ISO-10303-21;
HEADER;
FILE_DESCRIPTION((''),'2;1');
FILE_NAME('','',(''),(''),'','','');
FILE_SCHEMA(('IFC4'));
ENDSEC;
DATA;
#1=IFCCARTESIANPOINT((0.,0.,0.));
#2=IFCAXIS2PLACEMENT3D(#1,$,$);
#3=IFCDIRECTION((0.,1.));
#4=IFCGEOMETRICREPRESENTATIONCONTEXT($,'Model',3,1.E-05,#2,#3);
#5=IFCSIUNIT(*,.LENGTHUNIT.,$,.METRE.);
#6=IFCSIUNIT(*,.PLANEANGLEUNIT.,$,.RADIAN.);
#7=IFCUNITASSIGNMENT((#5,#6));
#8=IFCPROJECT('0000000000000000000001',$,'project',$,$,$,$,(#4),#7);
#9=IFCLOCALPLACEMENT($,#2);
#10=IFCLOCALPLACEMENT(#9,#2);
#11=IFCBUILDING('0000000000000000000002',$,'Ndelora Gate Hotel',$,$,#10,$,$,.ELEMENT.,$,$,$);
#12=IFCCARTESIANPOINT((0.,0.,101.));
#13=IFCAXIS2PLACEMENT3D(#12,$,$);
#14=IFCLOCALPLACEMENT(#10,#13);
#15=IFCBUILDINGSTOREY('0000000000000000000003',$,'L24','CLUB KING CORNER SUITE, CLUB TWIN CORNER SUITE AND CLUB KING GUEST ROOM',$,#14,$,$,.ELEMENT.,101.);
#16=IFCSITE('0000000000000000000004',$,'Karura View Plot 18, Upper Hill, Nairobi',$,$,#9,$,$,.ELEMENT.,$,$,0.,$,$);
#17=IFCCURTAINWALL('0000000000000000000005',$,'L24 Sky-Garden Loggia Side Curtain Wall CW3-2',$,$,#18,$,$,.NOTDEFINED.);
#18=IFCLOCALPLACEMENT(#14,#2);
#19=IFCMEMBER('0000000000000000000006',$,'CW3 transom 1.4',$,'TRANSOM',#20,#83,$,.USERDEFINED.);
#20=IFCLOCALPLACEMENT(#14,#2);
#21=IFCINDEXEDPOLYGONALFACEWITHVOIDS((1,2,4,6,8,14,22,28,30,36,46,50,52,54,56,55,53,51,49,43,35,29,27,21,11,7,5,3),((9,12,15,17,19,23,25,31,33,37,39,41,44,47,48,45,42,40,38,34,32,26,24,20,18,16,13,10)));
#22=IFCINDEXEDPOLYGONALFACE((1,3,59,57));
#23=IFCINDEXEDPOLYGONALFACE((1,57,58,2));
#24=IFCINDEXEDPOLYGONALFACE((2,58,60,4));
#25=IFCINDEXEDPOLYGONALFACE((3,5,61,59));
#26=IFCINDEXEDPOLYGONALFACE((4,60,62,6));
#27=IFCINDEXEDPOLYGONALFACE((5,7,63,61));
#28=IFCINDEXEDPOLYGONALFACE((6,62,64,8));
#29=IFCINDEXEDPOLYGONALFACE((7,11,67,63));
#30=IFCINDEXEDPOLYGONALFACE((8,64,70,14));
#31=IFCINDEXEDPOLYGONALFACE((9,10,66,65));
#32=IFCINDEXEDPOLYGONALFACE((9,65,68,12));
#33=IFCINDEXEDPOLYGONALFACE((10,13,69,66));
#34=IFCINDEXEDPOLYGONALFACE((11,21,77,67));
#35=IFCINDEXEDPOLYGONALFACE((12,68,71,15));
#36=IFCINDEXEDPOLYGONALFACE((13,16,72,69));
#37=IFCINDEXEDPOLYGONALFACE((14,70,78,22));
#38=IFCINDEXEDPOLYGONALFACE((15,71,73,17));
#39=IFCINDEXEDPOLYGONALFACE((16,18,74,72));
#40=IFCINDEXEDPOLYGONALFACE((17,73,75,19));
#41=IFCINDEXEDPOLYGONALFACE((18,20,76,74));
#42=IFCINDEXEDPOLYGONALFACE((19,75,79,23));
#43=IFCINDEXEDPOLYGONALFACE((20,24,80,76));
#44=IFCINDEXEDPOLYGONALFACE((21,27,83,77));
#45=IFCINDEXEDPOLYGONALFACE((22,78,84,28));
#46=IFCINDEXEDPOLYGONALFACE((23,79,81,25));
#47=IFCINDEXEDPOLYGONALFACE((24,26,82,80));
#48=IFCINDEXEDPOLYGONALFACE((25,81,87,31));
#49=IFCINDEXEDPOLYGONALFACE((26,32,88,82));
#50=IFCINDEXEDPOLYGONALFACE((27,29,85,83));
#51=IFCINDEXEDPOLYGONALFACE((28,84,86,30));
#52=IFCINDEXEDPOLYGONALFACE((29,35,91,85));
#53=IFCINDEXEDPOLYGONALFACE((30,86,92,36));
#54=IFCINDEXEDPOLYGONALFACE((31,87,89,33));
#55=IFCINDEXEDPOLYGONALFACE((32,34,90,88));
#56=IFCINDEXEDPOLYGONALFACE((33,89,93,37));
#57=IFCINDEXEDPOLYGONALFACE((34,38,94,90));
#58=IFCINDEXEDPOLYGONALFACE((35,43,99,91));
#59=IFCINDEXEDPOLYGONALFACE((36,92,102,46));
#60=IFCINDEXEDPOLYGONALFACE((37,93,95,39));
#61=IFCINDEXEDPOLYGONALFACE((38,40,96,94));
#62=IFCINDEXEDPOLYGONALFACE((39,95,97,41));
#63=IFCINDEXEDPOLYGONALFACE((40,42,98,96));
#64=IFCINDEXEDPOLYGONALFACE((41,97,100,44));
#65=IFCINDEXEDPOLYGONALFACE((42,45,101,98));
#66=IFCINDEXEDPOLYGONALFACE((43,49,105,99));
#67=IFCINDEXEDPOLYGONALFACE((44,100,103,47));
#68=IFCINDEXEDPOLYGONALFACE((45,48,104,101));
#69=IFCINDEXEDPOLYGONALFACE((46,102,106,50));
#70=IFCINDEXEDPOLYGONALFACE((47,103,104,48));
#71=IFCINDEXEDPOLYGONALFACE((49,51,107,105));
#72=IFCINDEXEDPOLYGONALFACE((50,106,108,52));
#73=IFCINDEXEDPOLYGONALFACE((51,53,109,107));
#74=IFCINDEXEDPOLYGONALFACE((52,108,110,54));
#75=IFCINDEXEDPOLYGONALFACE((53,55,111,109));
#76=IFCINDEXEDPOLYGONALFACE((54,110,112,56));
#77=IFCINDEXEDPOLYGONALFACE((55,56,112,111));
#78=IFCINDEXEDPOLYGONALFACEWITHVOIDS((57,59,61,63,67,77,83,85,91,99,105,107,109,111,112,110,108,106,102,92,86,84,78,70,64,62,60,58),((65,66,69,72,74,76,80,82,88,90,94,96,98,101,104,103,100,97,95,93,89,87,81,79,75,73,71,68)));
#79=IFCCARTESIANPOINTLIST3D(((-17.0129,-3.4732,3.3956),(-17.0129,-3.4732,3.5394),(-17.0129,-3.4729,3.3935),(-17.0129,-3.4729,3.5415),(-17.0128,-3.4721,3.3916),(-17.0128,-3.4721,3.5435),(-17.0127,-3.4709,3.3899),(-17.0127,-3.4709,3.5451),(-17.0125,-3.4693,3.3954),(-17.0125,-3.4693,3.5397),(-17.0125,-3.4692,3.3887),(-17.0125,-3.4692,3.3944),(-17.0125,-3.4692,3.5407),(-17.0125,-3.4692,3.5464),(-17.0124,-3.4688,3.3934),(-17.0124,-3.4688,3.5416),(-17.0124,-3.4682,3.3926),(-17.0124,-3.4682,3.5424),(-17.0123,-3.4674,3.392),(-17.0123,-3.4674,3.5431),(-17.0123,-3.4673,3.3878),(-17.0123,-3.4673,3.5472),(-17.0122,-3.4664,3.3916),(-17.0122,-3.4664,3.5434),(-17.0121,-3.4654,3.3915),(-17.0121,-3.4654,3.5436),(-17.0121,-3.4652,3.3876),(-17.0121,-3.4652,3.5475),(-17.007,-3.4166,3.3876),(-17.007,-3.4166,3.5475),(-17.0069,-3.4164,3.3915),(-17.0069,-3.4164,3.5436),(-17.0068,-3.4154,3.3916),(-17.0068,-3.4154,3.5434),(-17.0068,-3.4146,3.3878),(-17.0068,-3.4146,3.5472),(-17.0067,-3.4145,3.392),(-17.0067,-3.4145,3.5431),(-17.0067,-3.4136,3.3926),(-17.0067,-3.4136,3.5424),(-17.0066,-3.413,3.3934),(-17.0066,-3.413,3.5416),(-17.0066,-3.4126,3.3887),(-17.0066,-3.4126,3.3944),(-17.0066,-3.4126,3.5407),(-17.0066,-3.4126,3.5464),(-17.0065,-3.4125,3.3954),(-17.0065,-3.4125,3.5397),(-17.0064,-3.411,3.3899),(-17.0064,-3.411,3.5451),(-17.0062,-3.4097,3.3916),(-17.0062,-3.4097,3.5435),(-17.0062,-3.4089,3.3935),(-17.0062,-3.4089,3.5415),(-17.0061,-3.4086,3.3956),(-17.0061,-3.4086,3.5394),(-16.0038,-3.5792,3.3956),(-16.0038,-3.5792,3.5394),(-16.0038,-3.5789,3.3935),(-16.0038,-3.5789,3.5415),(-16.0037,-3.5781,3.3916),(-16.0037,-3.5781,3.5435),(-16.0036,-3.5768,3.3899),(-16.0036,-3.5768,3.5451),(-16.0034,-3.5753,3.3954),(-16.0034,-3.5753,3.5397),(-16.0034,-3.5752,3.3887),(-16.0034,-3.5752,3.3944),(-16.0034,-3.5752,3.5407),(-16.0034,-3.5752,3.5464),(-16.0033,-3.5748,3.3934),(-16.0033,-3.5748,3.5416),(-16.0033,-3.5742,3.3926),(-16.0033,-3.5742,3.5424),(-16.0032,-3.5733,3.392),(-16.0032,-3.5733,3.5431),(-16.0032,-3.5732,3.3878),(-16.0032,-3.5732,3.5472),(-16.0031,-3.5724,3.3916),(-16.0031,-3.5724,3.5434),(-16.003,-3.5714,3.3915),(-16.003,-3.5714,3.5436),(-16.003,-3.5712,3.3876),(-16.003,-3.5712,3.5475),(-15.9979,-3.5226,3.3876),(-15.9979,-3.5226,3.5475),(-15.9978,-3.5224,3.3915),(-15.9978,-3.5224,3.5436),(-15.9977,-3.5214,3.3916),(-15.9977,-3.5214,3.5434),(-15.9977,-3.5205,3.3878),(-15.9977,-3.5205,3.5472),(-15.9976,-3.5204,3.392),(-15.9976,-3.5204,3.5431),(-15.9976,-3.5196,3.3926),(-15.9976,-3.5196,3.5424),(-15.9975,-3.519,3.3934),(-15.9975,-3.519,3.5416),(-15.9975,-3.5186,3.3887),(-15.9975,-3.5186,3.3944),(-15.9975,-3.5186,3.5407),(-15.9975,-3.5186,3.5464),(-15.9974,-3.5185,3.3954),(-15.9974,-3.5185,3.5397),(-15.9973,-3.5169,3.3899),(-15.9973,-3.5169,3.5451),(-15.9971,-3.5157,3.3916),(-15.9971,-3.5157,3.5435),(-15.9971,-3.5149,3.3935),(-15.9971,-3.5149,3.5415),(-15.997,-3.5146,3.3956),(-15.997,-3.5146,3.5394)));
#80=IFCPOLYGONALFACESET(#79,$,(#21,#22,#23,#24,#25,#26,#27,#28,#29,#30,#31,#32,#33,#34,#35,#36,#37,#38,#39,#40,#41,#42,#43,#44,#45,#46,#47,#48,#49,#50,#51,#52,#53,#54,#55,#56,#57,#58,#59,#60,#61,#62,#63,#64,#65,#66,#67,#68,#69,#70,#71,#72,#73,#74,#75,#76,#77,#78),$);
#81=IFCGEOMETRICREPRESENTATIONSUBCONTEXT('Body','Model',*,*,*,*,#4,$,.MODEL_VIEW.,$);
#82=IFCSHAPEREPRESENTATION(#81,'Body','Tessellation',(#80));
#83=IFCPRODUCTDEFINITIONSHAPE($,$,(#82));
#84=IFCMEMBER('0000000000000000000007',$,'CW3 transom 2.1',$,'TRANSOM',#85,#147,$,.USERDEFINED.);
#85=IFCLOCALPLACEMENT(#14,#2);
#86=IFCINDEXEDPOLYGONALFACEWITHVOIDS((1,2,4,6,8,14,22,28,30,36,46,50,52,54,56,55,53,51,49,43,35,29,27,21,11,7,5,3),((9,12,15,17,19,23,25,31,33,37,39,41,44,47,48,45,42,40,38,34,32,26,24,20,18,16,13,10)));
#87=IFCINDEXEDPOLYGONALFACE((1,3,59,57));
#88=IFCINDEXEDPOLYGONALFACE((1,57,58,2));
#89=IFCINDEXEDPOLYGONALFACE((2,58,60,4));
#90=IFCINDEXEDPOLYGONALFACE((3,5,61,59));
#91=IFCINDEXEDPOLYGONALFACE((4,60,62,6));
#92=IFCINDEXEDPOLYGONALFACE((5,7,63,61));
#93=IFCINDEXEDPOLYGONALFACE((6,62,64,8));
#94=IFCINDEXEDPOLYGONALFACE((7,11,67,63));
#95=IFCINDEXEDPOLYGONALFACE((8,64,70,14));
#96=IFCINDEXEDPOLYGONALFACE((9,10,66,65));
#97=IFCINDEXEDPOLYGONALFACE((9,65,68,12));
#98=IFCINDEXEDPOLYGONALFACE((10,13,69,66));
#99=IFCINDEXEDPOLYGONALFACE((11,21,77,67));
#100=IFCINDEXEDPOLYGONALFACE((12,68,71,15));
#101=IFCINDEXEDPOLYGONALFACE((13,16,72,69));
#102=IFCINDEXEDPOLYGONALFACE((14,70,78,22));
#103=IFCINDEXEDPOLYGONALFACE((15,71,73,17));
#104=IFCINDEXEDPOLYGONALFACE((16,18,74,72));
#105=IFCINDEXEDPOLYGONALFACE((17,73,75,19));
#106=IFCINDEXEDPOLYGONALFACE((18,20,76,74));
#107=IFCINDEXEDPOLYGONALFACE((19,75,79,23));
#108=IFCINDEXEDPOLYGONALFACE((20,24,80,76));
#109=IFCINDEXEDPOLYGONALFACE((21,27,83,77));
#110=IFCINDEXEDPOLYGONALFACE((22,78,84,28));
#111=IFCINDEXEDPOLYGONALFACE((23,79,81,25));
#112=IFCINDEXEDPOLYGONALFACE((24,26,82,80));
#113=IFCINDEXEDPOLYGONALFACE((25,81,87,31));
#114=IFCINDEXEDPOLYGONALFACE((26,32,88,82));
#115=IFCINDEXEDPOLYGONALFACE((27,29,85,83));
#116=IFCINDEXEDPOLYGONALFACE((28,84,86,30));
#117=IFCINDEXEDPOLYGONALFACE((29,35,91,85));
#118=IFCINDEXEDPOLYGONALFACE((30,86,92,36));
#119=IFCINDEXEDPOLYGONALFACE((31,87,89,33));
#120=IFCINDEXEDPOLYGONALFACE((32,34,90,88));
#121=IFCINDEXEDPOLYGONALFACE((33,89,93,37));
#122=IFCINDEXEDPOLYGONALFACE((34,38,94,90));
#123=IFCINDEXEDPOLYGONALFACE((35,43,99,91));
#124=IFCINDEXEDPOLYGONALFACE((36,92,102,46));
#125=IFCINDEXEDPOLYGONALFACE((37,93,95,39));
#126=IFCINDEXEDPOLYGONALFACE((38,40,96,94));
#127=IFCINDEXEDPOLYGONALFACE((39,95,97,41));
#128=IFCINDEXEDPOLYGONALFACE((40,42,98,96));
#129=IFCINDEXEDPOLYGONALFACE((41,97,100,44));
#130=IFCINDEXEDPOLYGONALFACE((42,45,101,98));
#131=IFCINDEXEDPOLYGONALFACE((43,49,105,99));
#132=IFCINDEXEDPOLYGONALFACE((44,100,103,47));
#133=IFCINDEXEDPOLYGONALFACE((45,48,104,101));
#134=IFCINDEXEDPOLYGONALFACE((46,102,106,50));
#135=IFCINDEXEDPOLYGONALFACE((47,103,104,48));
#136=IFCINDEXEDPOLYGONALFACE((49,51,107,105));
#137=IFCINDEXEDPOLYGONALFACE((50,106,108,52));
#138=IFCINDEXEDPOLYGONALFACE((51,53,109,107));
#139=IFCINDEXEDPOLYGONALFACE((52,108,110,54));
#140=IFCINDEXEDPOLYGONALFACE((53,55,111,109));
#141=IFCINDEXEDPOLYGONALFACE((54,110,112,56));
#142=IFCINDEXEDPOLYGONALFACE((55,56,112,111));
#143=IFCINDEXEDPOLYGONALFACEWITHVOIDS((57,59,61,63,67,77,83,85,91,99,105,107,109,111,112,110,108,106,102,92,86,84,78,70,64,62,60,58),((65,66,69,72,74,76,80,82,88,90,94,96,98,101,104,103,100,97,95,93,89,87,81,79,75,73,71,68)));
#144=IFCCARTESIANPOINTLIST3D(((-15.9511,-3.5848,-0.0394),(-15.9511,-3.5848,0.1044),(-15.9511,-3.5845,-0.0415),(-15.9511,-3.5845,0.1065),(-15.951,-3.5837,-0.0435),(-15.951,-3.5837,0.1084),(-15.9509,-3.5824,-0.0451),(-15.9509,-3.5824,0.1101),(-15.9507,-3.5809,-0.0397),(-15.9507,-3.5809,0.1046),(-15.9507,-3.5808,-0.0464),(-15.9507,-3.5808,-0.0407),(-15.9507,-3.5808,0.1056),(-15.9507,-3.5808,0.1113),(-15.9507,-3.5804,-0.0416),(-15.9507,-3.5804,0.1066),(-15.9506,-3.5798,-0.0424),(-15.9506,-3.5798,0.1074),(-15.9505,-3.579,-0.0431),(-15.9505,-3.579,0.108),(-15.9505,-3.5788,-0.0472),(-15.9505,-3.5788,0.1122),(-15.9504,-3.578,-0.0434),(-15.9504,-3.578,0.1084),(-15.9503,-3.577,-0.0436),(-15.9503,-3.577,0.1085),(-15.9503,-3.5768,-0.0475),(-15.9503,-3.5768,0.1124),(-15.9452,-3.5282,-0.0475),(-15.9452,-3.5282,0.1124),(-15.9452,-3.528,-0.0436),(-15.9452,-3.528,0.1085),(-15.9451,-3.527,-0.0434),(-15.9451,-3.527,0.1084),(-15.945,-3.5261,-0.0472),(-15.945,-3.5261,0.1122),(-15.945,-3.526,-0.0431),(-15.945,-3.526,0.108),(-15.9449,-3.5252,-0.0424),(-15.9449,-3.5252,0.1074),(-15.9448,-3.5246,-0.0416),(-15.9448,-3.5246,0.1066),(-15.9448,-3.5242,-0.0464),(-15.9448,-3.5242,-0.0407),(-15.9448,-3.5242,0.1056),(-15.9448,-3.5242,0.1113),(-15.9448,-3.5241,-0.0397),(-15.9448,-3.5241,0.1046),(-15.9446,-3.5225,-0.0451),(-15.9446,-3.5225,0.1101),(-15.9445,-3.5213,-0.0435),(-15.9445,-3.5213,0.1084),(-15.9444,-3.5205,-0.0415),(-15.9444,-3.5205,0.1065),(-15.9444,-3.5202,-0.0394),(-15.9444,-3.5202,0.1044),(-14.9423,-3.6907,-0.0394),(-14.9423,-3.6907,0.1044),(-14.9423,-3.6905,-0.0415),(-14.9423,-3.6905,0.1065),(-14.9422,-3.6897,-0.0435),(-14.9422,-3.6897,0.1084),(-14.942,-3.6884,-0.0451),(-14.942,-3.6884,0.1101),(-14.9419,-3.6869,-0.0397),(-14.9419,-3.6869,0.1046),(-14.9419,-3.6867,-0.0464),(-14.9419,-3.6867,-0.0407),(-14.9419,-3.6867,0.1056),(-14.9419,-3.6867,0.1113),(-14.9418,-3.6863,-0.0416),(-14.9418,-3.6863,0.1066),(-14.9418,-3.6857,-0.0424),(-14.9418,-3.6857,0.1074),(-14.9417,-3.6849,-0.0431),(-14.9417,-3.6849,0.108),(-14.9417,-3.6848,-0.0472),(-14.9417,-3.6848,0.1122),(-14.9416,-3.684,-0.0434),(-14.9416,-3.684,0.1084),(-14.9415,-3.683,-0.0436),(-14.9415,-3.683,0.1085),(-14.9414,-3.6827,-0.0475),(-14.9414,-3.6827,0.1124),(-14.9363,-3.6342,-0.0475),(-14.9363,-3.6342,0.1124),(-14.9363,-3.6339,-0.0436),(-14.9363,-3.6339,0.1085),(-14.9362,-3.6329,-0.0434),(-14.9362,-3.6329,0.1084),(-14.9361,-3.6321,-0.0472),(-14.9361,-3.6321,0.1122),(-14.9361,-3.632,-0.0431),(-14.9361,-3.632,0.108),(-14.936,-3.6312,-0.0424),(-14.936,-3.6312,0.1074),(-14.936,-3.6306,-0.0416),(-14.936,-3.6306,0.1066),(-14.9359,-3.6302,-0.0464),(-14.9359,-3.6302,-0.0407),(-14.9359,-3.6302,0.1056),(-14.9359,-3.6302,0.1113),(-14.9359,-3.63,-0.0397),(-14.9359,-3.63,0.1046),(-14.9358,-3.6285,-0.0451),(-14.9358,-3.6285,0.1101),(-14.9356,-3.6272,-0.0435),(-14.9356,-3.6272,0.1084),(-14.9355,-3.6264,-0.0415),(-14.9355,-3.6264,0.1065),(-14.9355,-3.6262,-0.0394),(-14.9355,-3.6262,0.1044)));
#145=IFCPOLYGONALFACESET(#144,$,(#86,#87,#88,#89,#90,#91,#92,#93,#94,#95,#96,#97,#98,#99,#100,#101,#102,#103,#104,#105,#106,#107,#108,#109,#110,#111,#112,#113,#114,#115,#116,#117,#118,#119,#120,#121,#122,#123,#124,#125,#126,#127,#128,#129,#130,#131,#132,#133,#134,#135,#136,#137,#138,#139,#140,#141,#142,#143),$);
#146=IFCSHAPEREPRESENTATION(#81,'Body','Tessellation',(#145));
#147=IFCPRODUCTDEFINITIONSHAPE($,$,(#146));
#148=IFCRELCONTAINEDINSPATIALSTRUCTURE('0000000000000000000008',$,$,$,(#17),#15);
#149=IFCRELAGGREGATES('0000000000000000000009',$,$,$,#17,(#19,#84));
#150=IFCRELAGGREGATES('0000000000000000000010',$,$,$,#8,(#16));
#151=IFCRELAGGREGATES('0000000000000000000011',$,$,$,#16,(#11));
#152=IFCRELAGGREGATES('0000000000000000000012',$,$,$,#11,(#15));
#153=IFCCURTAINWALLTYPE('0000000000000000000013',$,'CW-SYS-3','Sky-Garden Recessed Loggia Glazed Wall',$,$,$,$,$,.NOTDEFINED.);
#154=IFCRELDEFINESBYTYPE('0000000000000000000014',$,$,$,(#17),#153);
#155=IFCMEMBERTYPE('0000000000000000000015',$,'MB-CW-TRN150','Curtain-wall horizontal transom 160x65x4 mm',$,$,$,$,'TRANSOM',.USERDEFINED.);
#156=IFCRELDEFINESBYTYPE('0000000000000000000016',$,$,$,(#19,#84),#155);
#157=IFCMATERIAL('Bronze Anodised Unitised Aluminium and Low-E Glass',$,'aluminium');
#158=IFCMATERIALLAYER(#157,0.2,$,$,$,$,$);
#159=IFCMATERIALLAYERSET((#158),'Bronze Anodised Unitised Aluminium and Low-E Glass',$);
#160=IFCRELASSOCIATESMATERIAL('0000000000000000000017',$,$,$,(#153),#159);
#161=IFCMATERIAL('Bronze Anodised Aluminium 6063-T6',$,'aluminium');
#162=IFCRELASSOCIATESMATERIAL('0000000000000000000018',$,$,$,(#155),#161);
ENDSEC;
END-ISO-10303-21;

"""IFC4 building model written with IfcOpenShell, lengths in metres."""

from ifc_helpers import new_model, si_unit, direction, frame, origin, origin_2d, place, context, subcontext, project, spatial, hollow_rectangle, extrude, material, layer, layer_set, material_profile, profile_set, type_object, element, aggregate, save


model = new_model("IFC4")

# Units and contexts
model_context = context("Model", 3, precision=1e-05, world=origin(), true_north=direction((0.0, 1.0)))
body_context = subcontext(model_context, "Body", "Model", "MODEL_VIEW")
ifc_project = project(units=[si_unit("LENGTHUNIT", "METRE"), si_unit("PLANEANGLEUNIT", "RADIAN")], contexts=[model_context])

# Site, building, storey
site_placement = place(None, origin())
site = spatial("IfcSite", under=ifc_project, at=site_placement, Name="Karura View Plot 18, Upper Hill, Nairobi", CompositionType="ELEMENT", RefElevation=0.0)
building_placement = place(site_placement, origin())
building = spatial("IfcBuilding", under=site, at=building_placement, Name="Ndelora Gate Hotel", CompositionType="ELEMENT")
storey_placement = place(building_placement, frame((0.0, 0.0, 101.0)))
storey = spatial("IfcBuildingStorey", under=building, at=storey_placement, Name="L24", Description="CLUB KING CORNER SUITE, CLUB TWIN CORNER SUITE AND CLUB KING GUEST ROOM", CompositionType="ELEMENT", Elevation=101.0)

# Curtain wall, members
ifc_material_1 = material(Name="Bronze Anodised Unitised Aluminium and Low-E Glass", Category="aluminium")
ifc_layer_1 = layer(ifc_material_1, 0.2)
ifc_layer_set_1 = layer_set([ifc_layer_1], Name="Bronze Anodised Unitised Aluminium and Low-E Glass")
curtain_wall_type = type_object("IfcCurtainWallType", Name="CW-SYS-3", Description="Sky-Garden Recessed Loggia Glazed Wall", PredefinedType="NOTDEFINED", material=ifc_layer_set_1)
curtain_wall_placement = place(storey_placement, origin())
curtain_wall = element("IfcCurtainWall", 1, at=curtain_wall_placement, inside=storey, type_object=curtain_wall_type, Name="L24 Sky-Garden Loggia Side Curtain Wall CW3-2", PredefinedType="NOTDEFINED")
ifc_material_2 = material(Name="Bronze Anodised Aluminium 6063-T6", Category="aluminium")
ifc_material_profile_1 = material_profile(ifc_material_2, hollow_rectangle(XDim=0.0649, YDim=0.1599, WallThickness=0.0039, InnerFilletRadius=0.0039, OuterFilletRadius=0.0081, at=origin_2d()), Name="ALU 160x65x4")
ifc_profile_set_1 = profile_set([ifc_material_profile_1], Name="Bronze Anodised Aluminium 6063-T6")
member_type_1 = type_object("IfcMemberType", Name="MB-CW-TRN150", Description="Curtain-wall horizontal transom 160x65x4 mm", ElementType="TRANSOM", PredefinedType="USERDEFINED", material=ifc_profile_set_1)
member_1_placement = place(storey_placement, frame((-17.0095, -3.4409, 3.4675), z_axis=(0.994532, -0.104434, 0.0), x_axis=(0.104434, 0.994532, 0.0)))
member_1 = element("IfcMember", 2, at=member_1_placement, type_object=member_type_1, Name="CW3 transom 1.4", ObjectType="TRANSOM", PredefinedType="USERDEFINED", context=body_context, shape_type="SweptSolid", body=[
    extrude(hollow_rectangle(XDim=0.0649, YDim=0.1599, WallThickness=0.0039, InnerFilletRadius=0.0039, OuterFilletRadius=0.0081, at=origin_2d()), origin(), (0.0, 0.0, 1.0), 1.0146),
])
member_2_placement = place(storey_placement, frame((-15.9478, -3.5525, 0.0325), z_axis=(0.994529, -0.104459, 0.0), x_axis=(0.104459, 0.994529, 0.0)))
member_2 = element("IfcMember", 3, at=member_2_placement, type_object=member_type_1, Name="CW3 transom 2.1", ObjectType="TRANSOM", PredefinedType="USERDEFINED", context=body_context, shape_type="SweptSolid", body=[
    extrude(hollow_rectangle(XDim=0.0649, YDim=0.1599, WallThickness=0.0039, InnerFilletRadius=0.0039, OuterFilletRadius=0.0081, at=origin_2d()), origin(), (0.0, 0.0, 1.0), 1.0144),
])
aggregate(curtain_wall, [member_1, member_2])

save(model, "model.ifc")
